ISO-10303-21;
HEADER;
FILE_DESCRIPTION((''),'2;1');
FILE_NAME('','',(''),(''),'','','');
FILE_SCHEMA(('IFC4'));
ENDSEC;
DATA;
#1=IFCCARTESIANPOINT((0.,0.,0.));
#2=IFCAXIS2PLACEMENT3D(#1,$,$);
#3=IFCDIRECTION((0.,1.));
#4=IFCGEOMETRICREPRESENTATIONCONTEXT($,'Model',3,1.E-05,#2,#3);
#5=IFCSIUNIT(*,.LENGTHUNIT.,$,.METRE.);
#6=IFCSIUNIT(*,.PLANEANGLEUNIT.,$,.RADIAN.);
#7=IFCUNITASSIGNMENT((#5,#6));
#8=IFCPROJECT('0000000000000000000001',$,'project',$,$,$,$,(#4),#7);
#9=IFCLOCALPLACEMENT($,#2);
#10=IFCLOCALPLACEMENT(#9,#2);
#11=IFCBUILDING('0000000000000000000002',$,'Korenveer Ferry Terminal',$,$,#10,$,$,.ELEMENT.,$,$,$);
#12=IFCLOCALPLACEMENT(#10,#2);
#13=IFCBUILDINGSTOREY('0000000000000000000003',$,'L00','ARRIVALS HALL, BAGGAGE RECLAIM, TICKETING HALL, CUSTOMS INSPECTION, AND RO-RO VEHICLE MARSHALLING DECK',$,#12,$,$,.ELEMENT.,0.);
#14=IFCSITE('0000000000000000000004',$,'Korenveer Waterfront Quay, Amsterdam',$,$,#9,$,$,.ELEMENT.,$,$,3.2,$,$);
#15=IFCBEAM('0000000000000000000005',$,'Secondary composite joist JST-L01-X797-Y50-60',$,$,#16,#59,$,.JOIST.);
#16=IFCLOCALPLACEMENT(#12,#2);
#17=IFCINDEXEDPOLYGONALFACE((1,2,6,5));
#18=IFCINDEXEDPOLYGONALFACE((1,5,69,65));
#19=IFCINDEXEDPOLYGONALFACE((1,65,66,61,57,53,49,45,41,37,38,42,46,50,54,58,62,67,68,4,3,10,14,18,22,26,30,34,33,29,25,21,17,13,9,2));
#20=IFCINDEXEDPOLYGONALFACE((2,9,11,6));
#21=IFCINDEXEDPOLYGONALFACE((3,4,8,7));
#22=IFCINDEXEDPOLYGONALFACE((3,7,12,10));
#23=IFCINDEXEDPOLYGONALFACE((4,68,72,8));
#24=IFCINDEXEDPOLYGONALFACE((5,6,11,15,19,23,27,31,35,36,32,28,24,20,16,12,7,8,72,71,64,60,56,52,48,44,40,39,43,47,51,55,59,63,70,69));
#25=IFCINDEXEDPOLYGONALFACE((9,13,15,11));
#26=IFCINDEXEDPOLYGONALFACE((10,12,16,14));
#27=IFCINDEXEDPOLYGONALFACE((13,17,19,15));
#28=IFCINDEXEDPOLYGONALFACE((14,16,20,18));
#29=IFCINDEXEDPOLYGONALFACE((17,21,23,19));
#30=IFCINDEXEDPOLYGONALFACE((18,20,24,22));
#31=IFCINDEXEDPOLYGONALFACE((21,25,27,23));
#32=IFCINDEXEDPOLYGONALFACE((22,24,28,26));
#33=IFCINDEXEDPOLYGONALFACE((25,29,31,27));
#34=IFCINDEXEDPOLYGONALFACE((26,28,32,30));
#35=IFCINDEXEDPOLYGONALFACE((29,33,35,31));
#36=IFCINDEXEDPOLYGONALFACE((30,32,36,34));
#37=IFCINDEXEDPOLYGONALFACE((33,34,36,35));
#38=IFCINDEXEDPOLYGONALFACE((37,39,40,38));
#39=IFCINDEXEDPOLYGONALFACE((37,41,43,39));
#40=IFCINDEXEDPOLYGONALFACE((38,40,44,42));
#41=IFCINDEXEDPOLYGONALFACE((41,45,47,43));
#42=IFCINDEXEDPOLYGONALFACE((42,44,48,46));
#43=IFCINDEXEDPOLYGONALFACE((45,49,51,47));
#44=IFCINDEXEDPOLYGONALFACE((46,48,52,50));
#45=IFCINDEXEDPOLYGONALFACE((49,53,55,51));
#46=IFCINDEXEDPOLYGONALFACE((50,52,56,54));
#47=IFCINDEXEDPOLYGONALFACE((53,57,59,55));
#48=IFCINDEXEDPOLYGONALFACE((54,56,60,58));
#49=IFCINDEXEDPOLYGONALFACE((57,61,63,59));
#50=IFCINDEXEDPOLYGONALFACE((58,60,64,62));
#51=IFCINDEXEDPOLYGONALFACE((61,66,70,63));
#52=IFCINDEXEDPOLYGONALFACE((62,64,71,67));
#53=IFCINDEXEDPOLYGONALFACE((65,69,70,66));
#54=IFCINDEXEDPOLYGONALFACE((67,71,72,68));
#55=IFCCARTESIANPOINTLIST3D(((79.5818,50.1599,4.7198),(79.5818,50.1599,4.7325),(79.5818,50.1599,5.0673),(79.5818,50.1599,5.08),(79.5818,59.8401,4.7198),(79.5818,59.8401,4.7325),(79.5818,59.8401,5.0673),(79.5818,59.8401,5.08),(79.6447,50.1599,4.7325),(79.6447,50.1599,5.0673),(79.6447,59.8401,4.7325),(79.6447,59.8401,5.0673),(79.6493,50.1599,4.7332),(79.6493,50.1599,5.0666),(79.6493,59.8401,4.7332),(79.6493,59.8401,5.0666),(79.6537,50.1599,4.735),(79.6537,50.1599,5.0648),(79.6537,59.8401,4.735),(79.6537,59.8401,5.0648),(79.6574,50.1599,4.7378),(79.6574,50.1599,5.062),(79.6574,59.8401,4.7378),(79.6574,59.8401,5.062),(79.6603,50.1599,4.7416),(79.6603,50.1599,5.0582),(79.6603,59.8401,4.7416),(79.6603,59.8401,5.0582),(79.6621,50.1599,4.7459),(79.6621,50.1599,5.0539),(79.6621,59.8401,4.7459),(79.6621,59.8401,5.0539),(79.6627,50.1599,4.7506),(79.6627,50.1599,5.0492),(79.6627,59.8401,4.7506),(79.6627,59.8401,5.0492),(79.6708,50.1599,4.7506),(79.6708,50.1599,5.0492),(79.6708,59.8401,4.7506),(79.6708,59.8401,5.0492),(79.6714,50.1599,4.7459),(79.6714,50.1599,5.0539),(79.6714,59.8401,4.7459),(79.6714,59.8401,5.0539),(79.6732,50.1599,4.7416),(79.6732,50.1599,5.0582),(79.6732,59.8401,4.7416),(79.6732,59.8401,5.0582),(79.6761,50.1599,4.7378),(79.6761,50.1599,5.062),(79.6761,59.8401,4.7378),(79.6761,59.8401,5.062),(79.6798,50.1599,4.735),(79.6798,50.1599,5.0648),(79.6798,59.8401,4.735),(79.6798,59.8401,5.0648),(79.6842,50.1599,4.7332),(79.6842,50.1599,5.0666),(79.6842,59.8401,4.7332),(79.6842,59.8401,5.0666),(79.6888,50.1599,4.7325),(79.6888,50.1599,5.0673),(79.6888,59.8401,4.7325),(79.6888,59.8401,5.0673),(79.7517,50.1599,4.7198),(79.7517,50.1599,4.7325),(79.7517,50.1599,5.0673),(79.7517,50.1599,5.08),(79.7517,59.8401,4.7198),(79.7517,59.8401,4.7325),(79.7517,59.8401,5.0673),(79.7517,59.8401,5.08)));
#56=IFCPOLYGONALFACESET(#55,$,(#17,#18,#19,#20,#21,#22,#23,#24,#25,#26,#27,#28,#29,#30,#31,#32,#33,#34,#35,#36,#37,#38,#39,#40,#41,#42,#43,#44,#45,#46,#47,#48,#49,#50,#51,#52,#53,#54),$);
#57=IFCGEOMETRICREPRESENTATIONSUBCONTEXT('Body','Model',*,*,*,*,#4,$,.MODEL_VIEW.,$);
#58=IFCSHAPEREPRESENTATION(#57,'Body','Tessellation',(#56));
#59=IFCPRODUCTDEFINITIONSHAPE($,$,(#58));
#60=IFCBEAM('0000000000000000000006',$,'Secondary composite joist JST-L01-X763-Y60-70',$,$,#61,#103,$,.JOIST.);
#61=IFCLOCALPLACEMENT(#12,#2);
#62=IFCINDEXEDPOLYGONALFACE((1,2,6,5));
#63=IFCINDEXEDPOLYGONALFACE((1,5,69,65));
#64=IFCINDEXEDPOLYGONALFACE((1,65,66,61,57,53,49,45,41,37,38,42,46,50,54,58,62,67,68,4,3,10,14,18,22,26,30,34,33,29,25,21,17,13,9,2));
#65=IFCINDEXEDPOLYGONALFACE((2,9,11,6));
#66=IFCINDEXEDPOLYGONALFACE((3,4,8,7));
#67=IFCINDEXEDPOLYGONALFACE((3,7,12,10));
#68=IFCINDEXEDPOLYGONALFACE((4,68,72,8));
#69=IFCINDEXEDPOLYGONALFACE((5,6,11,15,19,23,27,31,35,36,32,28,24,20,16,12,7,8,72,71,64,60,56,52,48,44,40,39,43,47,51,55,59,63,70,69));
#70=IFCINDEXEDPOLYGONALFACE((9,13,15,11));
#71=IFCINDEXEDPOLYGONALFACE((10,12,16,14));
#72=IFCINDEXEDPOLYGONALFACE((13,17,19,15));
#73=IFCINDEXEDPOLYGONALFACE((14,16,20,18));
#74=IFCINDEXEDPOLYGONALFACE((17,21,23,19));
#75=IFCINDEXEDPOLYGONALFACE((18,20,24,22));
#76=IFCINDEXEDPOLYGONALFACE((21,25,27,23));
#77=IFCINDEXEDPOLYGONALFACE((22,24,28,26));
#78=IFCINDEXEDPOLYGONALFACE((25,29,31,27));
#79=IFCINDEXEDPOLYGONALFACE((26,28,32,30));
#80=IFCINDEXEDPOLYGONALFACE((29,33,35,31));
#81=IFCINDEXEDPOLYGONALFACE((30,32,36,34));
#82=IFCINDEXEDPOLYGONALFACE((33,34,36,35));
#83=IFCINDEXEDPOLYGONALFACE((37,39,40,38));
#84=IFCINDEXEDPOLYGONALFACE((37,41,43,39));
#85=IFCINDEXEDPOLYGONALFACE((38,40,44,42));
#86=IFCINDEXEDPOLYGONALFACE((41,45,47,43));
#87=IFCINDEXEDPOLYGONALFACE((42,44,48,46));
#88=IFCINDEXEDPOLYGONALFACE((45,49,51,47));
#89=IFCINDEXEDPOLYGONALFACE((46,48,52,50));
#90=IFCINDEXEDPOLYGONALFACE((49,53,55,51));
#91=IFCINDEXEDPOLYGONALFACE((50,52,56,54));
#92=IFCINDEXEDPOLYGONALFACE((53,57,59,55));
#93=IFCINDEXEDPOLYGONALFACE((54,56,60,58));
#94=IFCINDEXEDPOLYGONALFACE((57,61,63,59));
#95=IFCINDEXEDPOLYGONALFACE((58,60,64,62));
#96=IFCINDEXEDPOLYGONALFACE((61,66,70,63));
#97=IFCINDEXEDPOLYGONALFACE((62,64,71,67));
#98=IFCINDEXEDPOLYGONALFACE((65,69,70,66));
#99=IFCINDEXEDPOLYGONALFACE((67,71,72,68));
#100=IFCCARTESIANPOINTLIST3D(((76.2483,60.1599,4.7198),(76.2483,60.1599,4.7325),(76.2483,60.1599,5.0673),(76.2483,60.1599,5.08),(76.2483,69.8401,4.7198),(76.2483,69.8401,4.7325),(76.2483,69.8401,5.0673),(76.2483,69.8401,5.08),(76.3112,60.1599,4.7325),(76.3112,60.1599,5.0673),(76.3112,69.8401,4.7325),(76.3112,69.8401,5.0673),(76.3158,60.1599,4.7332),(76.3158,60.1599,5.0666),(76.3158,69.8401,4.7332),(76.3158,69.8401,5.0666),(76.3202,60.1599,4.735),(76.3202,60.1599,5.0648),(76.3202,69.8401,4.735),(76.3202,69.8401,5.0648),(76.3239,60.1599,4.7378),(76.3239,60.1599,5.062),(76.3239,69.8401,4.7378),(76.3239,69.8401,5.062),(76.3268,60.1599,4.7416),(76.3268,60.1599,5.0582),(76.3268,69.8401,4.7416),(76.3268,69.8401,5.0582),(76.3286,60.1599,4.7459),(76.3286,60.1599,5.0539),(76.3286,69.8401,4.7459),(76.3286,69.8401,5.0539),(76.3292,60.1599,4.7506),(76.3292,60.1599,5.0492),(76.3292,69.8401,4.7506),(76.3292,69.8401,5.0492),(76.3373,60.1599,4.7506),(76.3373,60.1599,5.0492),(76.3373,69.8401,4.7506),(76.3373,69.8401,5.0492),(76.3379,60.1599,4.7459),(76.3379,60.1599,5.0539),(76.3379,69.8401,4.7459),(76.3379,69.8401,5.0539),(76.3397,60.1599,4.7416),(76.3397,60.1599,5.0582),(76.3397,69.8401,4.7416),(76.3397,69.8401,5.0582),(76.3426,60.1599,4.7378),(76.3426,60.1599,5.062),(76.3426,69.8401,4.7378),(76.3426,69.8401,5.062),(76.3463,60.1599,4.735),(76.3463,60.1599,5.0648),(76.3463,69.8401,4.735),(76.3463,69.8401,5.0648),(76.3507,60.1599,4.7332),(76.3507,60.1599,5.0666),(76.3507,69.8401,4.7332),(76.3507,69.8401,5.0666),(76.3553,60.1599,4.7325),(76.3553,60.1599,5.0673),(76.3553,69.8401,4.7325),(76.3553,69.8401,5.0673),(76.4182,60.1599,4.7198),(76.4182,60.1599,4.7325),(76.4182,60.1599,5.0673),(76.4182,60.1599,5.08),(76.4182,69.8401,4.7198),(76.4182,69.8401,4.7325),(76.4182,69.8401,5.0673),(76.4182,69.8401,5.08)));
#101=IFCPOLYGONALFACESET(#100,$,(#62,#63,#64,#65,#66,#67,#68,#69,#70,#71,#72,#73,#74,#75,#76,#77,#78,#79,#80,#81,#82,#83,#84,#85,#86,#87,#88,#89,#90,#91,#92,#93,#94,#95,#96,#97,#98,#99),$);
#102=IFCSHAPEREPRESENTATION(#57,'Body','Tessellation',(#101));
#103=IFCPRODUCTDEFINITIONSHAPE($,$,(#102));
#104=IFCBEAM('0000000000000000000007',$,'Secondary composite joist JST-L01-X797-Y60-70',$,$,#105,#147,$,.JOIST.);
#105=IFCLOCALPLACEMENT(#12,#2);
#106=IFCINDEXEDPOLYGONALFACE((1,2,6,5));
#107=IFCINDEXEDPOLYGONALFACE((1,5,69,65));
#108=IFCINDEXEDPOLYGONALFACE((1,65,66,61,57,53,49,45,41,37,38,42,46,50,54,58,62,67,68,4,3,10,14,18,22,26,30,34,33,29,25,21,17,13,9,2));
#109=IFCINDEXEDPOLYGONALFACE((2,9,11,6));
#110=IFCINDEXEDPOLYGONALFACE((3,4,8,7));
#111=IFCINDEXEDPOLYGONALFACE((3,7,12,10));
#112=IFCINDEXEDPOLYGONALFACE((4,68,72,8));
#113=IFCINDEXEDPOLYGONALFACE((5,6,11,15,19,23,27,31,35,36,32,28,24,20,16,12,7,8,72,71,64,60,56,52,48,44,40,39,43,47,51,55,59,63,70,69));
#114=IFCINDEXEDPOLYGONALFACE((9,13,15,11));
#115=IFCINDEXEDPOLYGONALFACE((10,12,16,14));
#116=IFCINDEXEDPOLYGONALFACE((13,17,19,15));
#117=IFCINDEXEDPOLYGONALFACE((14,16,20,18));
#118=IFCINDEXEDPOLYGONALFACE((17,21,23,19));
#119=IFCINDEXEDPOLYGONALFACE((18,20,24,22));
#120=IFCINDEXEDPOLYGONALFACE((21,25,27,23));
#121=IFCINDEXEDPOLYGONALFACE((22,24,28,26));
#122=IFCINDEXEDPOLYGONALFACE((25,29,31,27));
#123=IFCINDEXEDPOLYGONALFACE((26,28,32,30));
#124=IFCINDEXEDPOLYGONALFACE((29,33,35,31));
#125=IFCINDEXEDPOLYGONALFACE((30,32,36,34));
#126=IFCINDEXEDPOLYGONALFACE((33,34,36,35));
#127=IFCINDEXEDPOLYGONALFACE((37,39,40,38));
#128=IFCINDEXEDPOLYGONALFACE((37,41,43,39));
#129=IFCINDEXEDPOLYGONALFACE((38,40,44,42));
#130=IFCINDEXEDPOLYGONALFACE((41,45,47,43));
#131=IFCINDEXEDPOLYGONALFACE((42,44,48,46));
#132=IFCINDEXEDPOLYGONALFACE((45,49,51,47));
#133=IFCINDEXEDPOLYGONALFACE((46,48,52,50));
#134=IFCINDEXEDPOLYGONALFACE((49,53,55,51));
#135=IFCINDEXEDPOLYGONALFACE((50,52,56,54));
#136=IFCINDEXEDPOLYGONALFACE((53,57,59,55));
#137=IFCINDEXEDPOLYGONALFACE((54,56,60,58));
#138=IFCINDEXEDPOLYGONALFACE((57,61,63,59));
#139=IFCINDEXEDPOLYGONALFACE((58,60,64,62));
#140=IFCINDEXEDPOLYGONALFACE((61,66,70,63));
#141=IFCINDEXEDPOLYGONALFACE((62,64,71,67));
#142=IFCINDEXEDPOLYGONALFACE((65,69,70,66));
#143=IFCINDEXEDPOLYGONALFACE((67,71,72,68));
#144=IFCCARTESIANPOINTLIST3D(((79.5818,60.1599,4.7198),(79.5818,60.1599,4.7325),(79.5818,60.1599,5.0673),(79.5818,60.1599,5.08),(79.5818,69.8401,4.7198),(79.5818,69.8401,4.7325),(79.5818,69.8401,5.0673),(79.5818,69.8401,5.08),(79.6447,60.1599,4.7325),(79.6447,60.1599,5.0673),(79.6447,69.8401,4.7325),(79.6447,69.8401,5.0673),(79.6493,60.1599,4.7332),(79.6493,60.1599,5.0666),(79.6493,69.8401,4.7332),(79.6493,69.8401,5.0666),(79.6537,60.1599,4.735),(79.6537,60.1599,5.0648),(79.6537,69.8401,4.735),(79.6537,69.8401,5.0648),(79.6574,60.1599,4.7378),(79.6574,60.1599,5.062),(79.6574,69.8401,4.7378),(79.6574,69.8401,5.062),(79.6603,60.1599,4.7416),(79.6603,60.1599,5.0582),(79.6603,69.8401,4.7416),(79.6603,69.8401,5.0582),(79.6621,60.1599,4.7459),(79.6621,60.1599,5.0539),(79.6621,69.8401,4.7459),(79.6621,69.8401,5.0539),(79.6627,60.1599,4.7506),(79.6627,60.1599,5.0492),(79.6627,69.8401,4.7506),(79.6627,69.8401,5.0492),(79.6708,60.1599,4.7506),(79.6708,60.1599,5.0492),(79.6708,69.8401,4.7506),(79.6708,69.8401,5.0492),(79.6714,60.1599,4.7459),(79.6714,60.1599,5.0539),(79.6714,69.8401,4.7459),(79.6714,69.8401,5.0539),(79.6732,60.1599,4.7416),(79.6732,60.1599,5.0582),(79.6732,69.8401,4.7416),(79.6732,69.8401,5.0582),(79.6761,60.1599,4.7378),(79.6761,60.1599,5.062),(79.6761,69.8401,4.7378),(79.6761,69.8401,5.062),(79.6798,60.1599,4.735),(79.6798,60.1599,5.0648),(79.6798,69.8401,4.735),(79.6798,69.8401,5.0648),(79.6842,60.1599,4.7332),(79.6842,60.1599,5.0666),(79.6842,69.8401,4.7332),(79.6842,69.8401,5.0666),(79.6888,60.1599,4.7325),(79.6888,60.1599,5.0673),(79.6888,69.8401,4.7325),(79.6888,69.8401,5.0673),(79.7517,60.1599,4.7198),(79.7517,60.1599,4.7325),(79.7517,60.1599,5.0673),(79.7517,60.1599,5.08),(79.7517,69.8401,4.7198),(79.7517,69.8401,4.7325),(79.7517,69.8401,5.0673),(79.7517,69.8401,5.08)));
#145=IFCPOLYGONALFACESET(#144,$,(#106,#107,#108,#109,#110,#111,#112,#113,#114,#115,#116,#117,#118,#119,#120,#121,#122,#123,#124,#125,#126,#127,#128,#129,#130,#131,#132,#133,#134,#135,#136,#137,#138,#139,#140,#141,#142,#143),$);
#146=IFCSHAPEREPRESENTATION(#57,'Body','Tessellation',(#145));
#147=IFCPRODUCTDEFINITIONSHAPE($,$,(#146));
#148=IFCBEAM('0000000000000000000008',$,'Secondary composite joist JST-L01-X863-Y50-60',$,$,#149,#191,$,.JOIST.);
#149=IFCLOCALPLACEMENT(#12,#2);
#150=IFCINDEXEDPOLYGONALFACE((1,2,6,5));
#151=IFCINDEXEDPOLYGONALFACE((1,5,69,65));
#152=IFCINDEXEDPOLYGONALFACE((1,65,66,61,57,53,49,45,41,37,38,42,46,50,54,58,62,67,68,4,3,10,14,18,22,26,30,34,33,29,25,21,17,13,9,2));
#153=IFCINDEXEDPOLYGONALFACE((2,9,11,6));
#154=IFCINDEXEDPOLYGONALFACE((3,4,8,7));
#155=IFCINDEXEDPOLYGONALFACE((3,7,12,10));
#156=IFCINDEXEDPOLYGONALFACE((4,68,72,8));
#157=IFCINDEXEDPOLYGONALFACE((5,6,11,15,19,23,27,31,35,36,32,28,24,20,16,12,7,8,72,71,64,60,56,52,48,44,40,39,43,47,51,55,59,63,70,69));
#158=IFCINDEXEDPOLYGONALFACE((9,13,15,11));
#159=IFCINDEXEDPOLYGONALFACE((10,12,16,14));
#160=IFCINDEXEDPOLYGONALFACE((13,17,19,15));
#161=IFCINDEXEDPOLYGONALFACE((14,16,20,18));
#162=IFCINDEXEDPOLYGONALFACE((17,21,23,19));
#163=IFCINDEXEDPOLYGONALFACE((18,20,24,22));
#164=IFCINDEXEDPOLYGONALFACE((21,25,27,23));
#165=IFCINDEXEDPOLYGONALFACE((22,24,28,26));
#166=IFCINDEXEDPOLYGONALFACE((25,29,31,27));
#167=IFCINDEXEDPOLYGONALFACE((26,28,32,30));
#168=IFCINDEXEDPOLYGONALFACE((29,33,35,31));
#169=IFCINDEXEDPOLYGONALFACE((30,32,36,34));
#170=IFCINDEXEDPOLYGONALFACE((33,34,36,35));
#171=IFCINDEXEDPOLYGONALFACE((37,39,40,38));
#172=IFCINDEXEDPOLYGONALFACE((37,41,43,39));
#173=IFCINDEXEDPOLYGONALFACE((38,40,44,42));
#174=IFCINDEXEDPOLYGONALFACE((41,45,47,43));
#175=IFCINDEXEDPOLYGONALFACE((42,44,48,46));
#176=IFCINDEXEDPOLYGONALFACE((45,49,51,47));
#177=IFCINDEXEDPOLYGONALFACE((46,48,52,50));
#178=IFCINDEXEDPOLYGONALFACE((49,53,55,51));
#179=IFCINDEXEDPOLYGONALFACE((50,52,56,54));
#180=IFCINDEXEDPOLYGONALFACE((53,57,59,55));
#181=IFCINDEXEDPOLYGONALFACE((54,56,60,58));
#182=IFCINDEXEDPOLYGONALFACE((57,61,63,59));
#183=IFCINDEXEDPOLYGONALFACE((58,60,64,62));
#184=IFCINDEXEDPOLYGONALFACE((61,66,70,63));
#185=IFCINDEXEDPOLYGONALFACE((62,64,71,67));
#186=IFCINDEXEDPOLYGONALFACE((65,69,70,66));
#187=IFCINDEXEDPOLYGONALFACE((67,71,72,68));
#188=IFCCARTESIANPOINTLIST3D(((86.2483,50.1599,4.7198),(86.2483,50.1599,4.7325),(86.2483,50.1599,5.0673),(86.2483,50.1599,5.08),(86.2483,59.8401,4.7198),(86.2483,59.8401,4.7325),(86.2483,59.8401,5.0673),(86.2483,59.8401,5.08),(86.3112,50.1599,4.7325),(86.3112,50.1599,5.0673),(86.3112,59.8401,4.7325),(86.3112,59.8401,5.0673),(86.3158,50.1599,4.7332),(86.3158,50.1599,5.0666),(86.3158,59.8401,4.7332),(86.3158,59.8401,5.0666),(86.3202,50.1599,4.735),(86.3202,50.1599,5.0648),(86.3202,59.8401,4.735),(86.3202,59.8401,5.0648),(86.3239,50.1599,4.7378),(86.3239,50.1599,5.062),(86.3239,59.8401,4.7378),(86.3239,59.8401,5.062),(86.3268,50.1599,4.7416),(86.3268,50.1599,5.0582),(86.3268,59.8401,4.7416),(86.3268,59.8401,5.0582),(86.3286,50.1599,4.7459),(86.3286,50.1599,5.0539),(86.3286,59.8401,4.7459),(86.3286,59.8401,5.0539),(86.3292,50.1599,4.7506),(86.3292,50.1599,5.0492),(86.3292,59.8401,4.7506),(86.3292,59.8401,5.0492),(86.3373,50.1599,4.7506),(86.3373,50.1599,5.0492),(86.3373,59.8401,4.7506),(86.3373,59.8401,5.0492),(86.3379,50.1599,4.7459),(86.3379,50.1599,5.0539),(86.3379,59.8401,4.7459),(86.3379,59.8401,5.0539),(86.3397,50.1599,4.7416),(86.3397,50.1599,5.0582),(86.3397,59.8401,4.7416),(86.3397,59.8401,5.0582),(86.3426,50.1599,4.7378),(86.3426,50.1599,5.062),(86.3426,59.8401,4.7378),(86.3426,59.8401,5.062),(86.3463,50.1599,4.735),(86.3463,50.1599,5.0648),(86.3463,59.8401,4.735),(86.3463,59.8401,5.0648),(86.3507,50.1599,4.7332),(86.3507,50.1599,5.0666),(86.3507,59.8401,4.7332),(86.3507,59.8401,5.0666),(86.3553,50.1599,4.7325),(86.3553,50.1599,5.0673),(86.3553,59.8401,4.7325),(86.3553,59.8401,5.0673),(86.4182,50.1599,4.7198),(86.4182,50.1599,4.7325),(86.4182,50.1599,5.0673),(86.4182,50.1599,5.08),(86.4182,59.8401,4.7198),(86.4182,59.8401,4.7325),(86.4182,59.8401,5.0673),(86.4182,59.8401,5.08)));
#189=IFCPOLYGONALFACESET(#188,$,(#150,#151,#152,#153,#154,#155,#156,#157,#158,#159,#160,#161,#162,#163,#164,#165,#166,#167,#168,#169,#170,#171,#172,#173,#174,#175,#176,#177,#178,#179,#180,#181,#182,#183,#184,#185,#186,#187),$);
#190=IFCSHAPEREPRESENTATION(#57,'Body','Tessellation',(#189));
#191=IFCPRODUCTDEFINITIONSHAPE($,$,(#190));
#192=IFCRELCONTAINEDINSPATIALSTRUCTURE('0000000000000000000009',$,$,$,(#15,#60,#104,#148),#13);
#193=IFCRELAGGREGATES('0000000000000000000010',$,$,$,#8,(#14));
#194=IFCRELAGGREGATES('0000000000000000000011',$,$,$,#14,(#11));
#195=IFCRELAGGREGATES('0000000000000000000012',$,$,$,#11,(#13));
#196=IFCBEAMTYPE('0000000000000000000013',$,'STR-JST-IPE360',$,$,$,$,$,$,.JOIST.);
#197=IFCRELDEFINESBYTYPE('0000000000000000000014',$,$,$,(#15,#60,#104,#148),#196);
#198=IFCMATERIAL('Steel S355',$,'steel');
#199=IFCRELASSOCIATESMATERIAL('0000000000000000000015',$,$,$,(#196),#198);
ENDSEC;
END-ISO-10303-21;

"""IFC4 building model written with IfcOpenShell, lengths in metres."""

from ifc_helpers import new_model, si_unit, direction, frame, origin, origin_2d, place, context, subcontext, project, spatial, i_section, extrude, material, material_profile, profile_set, type_object, element, save


model = new_model("IFC4")

# Units and contexts
model_context = context("Model", 3, precision=1e-05, world=origin(), true_north=direction((0.0, 1.0)))
body_context = subcontext(model_context, "Body", "Model", "MODEL_VIEW")
ifc_project = project(units=[si_unit("LENGTHUNIT", "METRE"), si_unit("PLANEANGLEUNIT", "RADIAN")], contexts=[model_context])

# Site, building, storey
site_placement = place(None, origin())
site = spatial("IfcSite", under=ifc_project, at=site_placement, Name="Korenveer Waterfront Quay, Amsterdam", CompositionType="ELEMENT", RefElevation=3.2)
building_placement = place(site_placement, origin())
building = spatial("IfcBuilding", under=site, at=building_placement, Name="Korenveer Ferry Terminal", CompositionType="ELEMENT")
storey_placement = place(building_placement, origin())
storey = spatial("IfcBuildingStorey", under=building, at=storey_placement, Name="L00", Description="ARRIVALS HALL, BAGGAGE RECLAIM, TICKETING HALL, CUSTOMS INSPECTION, AND RO-RO VEHICLE MARSHALLING DECK", CompositionType="ELEMENT", Elevation=0.0)

# Shared definitions
ifc_material_1 = material(Name="Steel S355", Category="steel")

# Beams
ifc_material_profile_1 = material_profile(ifc_material_1, i_section(OverallWidth=0.1699, OverallDepth=0.3601, WebThickness=0.0081, FlangeThickness=0.0127, FilletRadius=0.0181, at=origin_2d()), Name="IPE 360")
ifc_profile_set_1 = profile_set([ifc_material_profile_1], Name="Steel S355")
beam_type_1 = type_object("IfcBeamType", Name="STR-JST-IPE360", PredefinedType="JOIST", material=ifc_profile_set_1)
for number, where, z_axis, x_axis, name in (
    (1, (79.6667, 50.1599, 4.8999), (0.0, 1.0, 0.0), (-1.0, 0.0, 0.0), "Secondary composite joist JST-L01-X797-Y50-60"),
    (2, (76.3333, 60.1599, 4.8999), (0.0, 1.0, 0.0), (-1.0, 0.0, 0.0), "Secondary composite joist JST-L01-X763-Y60-70"),
    (3, (79.6667, 60.1599, 4.8999), (0.0, 1.0, 0.0), (-1.0, 0.0, 0.0), "Secondary composite joist JST-L01-X797-Y60-70"),
    (4, (86.3333, 50.1599, 4.8999), (0.0, 1.0, 0.0), (-1.0, 0.0, 0.0), "Secondary composite joist JST-L01-X863-Y50-60"),
):
    element("IfcBeam", number, at=place(storey_placement, frame(where, z_axis=z_axis, x_axis=x_axis)), inside=storey, type_object=beam_type_1, Name=name, PredefinedType="JOIST", context=body_context, shape_type="SweptSolid", body=[
        extrude(i_section(OverallWidth=0.1699, OverallDepth=0.3601, WebThickness=0.0081, FlangeThickness=0.0127, FilletRadius=0.0181, at=origin_2d()), origin(), (0.0, 0.0, 1.0), 9.6802),
    ])

save(model, "model.ifc")
